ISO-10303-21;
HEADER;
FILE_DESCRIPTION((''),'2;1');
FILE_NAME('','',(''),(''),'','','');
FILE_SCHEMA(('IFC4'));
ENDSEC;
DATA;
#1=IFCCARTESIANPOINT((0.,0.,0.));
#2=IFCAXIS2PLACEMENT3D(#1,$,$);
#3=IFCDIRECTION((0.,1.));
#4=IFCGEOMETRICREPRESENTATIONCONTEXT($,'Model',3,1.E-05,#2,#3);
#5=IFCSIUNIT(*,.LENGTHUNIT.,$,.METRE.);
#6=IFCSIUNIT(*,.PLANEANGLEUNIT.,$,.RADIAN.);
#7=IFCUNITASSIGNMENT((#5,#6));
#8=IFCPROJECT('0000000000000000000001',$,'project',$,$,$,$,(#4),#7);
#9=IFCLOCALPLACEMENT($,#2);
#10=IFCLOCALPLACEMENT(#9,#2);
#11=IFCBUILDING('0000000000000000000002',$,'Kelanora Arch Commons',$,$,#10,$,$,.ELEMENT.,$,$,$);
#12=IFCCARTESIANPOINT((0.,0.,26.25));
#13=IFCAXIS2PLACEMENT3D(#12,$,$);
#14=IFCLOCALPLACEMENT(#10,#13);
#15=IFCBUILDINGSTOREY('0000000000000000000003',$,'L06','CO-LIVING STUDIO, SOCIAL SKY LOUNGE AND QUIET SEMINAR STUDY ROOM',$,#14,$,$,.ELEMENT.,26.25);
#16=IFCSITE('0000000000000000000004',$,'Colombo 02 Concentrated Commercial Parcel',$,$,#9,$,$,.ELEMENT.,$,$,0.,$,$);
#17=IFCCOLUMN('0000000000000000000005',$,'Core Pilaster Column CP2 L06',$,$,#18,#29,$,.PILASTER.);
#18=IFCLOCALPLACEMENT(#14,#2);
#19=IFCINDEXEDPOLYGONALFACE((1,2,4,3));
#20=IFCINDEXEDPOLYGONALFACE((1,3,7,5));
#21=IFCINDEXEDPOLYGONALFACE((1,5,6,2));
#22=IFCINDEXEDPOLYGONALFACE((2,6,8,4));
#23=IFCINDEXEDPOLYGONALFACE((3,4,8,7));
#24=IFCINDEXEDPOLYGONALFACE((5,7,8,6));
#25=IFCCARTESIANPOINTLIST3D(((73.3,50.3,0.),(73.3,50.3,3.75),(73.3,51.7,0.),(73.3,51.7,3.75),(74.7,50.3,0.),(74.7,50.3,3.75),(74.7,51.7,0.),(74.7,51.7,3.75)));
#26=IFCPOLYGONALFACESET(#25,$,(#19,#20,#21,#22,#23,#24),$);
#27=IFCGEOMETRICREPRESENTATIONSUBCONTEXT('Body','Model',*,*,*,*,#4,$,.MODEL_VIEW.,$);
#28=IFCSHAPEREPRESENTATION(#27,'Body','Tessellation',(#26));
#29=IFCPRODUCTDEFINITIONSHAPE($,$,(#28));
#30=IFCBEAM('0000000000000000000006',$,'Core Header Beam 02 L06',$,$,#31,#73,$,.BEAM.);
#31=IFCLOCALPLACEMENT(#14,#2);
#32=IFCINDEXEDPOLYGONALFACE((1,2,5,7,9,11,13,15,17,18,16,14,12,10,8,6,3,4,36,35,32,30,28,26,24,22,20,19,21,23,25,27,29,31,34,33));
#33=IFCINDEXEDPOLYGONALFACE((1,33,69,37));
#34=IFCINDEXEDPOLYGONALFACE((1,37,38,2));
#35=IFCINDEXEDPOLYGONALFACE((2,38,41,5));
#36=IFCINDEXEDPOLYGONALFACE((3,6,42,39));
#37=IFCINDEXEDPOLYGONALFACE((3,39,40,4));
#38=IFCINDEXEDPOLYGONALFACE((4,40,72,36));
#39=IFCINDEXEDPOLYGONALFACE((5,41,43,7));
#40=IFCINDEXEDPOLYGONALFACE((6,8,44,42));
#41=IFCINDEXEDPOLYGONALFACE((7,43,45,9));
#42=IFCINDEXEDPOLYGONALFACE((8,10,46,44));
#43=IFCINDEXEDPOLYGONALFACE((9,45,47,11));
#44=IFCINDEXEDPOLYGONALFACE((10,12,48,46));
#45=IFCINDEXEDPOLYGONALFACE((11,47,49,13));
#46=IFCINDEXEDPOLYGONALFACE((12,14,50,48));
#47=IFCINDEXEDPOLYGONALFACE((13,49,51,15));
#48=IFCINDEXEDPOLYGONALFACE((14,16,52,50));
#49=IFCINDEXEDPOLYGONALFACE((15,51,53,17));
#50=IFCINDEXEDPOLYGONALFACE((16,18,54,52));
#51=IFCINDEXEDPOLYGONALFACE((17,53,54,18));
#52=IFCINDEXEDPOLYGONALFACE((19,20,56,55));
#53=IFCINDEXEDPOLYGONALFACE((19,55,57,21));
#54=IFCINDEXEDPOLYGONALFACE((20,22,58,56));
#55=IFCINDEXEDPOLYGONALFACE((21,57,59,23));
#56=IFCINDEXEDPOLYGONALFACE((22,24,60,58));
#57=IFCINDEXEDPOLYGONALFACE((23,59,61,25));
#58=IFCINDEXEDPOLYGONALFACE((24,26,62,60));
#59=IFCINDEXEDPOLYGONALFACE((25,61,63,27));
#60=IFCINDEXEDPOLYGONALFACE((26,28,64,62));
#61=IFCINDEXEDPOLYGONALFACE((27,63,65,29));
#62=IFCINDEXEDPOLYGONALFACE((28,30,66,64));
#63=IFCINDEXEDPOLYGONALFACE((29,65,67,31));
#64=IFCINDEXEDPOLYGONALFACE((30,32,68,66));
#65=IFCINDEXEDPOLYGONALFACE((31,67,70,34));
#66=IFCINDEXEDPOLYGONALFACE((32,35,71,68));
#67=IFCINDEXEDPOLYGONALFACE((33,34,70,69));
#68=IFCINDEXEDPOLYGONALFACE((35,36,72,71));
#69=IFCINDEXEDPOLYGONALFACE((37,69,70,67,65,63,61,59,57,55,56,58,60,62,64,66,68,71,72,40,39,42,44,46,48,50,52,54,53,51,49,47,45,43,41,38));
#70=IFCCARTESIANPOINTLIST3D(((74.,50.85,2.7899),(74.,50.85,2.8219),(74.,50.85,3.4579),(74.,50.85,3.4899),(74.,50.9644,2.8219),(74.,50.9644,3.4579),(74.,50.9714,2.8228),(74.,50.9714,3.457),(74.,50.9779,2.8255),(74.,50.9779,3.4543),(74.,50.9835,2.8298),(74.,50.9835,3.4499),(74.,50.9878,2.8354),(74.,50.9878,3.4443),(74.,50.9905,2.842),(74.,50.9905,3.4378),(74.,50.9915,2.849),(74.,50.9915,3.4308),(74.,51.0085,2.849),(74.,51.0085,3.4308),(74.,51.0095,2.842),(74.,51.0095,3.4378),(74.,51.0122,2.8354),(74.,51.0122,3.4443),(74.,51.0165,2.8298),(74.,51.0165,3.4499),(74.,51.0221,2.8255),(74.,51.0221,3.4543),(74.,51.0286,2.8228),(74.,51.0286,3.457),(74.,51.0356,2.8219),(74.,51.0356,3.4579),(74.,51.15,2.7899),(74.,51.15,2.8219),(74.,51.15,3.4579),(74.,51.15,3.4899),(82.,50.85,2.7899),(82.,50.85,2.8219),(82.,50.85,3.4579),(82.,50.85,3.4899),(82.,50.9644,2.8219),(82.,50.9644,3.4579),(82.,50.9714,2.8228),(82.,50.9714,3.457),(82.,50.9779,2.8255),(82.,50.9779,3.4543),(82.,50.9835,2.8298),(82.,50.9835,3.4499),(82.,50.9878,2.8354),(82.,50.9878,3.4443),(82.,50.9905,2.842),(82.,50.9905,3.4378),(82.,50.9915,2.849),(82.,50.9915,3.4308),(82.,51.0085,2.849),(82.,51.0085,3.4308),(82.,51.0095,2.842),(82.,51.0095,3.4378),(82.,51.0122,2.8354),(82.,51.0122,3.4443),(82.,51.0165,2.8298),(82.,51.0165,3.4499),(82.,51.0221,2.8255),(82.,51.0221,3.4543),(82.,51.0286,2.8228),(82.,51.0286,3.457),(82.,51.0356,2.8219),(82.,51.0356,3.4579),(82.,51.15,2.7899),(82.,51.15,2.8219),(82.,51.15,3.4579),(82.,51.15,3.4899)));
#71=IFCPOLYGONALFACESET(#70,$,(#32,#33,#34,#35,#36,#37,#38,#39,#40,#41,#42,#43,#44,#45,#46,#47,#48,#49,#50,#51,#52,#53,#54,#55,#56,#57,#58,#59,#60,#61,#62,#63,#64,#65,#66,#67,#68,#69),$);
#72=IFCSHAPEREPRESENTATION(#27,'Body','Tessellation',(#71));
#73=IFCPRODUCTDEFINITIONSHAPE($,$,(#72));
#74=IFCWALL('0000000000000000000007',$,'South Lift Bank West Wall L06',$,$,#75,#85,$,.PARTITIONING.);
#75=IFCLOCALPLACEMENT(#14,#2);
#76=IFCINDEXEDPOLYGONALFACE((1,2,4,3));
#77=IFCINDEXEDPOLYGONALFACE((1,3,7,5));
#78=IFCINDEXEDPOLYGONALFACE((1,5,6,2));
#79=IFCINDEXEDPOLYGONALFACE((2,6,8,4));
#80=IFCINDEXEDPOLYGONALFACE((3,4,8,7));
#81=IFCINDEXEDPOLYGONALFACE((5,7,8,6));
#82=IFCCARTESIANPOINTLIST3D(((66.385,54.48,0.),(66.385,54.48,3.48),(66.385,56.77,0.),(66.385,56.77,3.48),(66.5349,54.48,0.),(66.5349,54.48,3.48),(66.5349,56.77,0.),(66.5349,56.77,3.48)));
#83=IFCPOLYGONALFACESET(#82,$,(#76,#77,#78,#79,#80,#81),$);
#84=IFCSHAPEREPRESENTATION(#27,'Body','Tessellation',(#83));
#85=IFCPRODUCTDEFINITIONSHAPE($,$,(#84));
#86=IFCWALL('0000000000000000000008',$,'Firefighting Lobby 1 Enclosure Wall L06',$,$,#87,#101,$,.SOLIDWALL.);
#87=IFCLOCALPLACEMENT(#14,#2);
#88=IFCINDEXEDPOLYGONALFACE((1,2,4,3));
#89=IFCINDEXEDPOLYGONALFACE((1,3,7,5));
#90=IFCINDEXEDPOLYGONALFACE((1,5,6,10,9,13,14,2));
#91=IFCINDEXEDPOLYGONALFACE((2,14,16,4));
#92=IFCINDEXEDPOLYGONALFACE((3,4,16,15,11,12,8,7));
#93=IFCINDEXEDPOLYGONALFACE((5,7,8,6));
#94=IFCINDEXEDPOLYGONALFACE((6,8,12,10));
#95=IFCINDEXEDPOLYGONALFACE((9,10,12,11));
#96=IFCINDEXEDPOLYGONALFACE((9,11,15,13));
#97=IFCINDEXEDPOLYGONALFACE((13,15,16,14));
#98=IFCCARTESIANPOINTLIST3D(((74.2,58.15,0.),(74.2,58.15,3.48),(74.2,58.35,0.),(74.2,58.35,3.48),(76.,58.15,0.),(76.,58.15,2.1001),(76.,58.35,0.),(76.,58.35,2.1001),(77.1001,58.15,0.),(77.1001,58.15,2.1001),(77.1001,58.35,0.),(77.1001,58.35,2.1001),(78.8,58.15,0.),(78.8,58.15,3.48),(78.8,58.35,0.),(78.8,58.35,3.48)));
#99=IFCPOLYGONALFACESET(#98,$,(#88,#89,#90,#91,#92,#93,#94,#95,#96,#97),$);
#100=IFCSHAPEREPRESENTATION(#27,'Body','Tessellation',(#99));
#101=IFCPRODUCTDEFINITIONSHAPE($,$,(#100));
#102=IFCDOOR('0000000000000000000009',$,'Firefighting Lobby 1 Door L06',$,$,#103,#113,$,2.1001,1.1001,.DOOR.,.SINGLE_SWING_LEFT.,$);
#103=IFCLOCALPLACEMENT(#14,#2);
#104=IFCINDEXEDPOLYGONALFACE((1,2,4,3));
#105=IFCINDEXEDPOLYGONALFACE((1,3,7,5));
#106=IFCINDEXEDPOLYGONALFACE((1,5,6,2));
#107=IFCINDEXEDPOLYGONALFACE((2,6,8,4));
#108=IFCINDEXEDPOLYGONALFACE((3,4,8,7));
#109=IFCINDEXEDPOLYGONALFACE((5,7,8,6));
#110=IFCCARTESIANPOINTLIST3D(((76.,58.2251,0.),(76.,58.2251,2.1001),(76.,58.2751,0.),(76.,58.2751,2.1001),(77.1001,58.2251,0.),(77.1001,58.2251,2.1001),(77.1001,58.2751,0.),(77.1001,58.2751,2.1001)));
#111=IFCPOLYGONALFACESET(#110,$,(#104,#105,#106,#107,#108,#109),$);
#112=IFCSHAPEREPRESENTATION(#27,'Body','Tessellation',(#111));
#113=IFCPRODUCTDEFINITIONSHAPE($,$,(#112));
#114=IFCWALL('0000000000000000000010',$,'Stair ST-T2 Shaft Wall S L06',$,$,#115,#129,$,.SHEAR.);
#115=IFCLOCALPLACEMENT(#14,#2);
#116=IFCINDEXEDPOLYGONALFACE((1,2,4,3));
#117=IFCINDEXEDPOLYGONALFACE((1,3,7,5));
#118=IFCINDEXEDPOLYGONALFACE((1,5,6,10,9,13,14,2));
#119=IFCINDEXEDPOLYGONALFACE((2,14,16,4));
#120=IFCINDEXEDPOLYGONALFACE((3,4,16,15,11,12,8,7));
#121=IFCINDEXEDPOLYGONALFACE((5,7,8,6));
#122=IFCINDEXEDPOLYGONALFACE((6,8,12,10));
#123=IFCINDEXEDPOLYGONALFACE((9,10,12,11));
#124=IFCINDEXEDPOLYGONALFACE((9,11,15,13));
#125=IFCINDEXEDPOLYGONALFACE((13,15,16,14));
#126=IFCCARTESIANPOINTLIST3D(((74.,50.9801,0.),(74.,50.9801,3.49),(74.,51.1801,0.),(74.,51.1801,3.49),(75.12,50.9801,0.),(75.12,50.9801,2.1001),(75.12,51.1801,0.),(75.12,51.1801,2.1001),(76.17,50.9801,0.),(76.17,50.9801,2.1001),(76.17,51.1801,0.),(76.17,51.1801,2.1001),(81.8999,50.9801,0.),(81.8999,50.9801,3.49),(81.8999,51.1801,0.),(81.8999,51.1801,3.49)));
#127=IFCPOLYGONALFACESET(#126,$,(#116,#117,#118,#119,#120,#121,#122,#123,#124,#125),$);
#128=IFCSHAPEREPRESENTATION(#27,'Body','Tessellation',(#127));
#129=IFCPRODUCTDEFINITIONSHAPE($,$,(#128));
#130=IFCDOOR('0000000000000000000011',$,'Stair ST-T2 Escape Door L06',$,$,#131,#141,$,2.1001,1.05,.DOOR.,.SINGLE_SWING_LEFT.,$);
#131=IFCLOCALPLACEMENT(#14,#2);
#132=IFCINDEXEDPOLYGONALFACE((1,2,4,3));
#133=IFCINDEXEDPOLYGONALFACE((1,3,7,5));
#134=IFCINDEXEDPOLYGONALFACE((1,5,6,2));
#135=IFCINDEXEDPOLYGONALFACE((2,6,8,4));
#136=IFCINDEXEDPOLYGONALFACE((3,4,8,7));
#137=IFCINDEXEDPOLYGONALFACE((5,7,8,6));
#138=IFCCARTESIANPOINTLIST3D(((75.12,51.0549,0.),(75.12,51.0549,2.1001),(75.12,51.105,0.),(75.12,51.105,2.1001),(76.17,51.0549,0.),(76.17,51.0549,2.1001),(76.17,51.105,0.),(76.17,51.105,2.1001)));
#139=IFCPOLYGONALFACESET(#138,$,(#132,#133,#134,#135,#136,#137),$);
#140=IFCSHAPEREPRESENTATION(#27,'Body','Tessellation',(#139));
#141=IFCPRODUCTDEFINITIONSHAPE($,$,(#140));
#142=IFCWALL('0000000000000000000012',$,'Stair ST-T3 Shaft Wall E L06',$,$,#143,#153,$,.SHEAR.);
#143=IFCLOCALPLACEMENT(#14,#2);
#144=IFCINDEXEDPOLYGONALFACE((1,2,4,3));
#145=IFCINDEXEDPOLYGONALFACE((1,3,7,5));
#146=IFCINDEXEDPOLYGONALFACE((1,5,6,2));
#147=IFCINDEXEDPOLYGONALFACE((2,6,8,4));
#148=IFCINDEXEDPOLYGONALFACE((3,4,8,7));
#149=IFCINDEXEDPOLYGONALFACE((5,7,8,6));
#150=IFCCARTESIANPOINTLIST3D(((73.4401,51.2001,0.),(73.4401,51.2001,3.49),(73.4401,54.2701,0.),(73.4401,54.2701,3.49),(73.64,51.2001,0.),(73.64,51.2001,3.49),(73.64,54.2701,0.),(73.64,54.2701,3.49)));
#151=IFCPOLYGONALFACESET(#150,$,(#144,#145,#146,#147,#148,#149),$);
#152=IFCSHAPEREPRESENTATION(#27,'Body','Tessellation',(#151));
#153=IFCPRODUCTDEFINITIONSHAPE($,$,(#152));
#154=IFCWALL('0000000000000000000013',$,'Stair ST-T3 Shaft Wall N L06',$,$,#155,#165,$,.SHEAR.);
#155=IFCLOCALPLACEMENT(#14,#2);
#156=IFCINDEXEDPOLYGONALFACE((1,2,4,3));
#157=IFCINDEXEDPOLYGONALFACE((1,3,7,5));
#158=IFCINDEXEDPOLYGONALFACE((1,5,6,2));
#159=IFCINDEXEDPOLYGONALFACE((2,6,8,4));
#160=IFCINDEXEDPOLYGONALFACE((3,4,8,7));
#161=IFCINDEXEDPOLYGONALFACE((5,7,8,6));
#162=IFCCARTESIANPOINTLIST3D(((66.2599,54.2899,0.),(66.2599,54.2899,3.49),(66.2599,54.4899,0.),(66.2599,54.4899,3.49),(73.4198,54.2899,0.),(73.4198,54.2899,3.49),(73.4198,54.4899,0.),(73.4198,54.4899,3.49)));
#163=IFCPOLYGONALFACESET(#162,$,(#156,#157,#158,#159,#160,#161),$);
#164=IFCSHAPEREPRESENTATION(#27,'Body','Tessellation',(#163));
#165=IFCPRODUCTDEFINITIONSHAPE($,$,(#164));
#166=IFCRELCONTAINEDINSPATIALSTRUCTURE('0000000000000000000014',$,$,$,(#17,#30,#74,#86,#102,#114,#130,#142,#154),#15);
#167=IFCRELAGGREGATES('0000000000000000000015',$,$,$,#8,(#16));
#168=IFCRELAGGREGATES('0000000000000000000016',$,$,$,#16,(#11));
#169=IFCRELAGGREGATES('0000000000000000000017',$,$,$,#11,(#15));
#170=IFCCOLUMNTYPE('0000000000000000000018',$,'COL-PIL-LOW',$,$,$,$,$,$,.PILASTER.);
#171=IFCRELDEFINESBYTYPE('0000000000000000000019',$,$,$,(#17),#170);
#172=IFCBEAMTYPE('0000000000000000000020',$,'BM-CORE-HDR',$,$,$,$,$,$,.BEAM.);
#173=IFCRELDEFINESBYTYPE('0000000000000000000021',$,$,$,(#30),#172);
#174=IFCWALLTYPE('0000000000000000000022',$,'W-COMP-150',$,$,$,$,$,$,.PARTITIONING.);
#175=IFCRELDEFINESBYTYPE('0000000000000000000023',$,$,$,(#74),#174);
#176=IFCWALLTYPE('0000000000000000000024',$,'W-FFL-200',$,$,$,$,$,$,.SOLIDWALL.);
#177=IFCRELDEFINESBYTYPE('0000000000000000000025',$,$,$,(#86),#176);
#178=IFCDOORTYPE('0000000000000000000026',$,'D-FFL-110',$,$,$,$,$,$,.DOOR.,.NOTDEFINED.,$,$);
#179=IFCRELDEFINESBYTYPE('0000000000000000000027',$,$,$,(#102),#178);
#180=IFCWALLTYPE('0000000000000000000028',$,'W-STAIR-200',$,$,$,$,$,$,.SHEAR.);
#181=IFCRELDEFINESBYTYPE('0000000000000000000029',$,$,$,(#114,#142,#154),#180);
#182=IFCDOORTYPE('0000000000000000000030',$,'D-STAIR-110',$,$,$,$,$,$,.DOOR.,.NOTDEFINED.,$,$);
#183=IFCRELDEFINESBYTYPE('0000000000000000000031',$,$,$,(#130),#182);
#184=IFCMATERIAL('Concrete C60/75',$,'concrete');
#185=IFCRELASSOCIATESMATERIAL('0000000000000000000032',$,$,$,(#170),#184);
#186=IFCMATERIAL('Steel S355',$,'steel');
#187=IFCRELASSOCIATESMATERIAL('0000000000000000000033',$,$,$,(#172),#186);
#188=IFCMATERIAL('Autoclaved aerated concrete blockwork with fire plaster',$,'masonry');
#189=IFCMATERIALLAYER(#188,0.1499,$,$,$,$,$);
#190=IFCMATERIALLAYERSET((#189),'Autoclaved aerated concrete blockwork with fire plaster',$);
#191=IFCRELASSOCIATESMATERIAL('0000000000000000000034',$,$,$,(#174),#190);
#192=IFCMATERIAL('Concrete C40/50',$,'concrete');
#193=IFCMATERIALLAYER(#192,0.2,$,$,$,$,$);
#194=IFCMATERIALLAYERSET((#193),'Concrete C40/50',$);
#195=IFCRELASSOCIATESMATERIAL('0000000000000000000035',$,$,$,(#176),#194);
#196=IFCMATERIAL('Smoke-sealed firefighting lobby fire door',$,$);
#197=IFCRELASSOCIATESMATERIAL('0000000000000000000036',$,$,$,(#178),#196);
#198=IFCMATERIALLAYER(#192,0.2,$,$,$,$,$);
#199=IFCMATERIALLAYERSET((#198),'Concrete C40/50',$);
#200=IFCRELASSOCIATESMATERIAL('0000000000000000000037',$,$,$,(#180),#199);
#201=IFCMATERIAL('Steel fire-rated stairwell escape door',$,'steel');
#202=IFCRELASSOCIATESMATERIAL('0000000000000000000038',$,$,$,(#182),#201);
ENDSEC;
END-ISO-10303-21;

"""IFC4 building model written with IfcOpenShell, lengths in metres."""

from ifc_helpers import new_model, si_unit, direction, frame, frame_2d, origin, origin_2d, place, context, subcontext, project, spatial, rectangle, i_section, extrude, material, layer, layer_set, material_profile, profile_set, type_object, element, fill, save


model = new_model("IFC4")

# Units and contexts
model_context = context("Model", 3, precision=1e-05, world=origin(), true_north=direction((0.0, 1.0)))
body_context = subcontext(model_context, "Body", "Model", "MODEL_VIEW")
ifc_project = project(units=[si_unit("LENGTHUNIT", "METRE"), si_unit("PLANEANGLEUNIT", "RADIAN")], contexts=[model_context])

# Site, building, storey
site_placement = place(None, origin())
site = spatial("IfcSite", under=ifc_project, at=site_placement, Name="Colombo 02 Concentrated Commercial Parcel", CompositionType="ELEMENT", RefElevation=0.0)
building_placement = place(site_placement, origin())
building = spatial("IfcBuilding", under=site, at=building_placement, Name="Kelanora Arch Commons", CompositionType="ELEMENT")
storey_placement = place(building_placement, frame((0.0, 0.0, 26.25)))
storey = spatial("IfcBuildingStorey", under=building, at=storey_placement, Name="L06", Description="CO-LIVING STUDIO, SOCIAL SKY LOUNGE AND QUIET SEMINAR STUDY ROOM", CompositionType="ELEMENT", Elevation=26.25)

# Column
ifc_material_1 = material(Name="Concrete C60/75", Category="concrete")
ifc_material_profile_1 = material_profile(ifc_material_1, rectangle(XDim=1.3999, YDim=1.3999, at=origin_2d()), Name="RC1400x1400")
ifc_profile_set_1 = profile_set([ifc_material_profile_1], Name="Concrete C60/75")
column_type = type_object("IfcColumnType", Name="COL-PIL-LOW", PredefinedType="PILASTER", material=ifc_profile_set_1)
column_placement = place(storey_placement, frame((74.0, 51.0, 0.0), z_axis=(0.0, 0.0, 1.0), x_axis=(1.0, 0.0, 0.0)))
element("IfcColumn", 1, at=column_placement, inside=storey, type_object=column_type, Name="Core Pilaster Column CP2 L06", PredefinedType="PILASTER", context=body_context, shape_type="SweptSolid", body=[
    extrude(rectangle(XDim=1.3999, YDim=1.3999, at=origin_2d()), origin(), (0.0, 0.0, 1.0), 3.75),
])

# Beam
ifc_material_2 = material(Name="Steel S355", Category="steel")
ifc_material_profile_2 = material_profile(ifc_material_2, i_section(OverallWidth=0.3, OverallDepth=0.7, WebThickness=0.0171, FlangeThickness=0.032, FilletRadius=0.0271, at=origin_2d()), Name="HEB700")
ifc_profile_set_2 = profile_set([ifc_material_profile_2], Name="Steel S355")
beam_type = type_object("IfcBeamType", Name="BM-CORE-HDR", PredefinedType="BEAM", material=ifc_profile_set_2)
beam_placement = place(storey_placement, frame((74.0, 51.0, 3.1399), z_axis=(1.0, 0.0, 0.0), x_axis=(0.0, 1.0, 0.0)))
element("IfcBeam", 2, at=beam_placement, inside=storey, type_object=beam_type, Name="Core Header Beam 02 L06", PredefinedType="BEAM", context=body_context, shape_type="SweptSolid", body=[
    extrude(i_section(OverallWidth=0.3, OverallDepth=0.7, WebThickness=0.0171, FlangeThickness=0.032, FilletRadius=0.0271, at=origin_2d()), origin(), (0.0, 0.0, 1.0), 8.0),
])

# Wall
ifc_material_3 = material(Name="Autoclaved aerated concrete blockwork with fire plaster", Category="masonry")
ifc_layer_1 = layer(ifc_material_3, 0.1499)
ifc_layer_set_1 = layer_set([ifc_layer_1], Name="Autoclaved aerated concrete blockwork with fire plaster")
wall_type_1 = type_object("IfcWallType", Name="W-COMP-150", PredefinedType="PARTITIONING", material=ifc_layer_set_1)
wall_1_placement = place(storey_placement, frame((66.46, 54.48, 0.0), z_axis=(0.0, 0.0, 1.0), x_axis=(0.0, 1.0, 0.0)))
element("IfcWall", 3, at=wall_1_placement, inside=storey, type_object=wall_type_1, Name="South Lift Bank West Wall L06", PredefinedType="PARTITIONING", context=body_context, shape_type="SweptSolid", body=[
    extrude(rectangle(XDim=2.29, YDim=0.1499, at=frame_2d((1.145, 0.0))), origin(), (0.0, 0.0, 1.0), 3.48),
])

# Walls, openings, doors
ifc_material_4 = material(Name="Concrete C40/50", Category="concrete")
ifc_layer_2 = layer(ifc_material_4, 0.2)
ifc_layer_set_2 = layer_set([ifc_layer_2], Name="Concrete C40/50")
wall_type_2 = type_object("IfcWallType", Name="W-FFL-200", PredefinedType="SOLIDWALL", material=ifc_layer_set_2)
wall_2_placement = place(storey_placement, frame((74.2, 58.25, 0.0), z_axis=(0.0, 0.0, 1.0), x_axis=(1.0, 0.0, 0.0)))
wall_2 = element("IfcWall", 4, at=wall_2_placement, inside=storey, type_object=wall_type_2, Name="Firefighting Lobby 1 Enclosure Wall L06", PredefinedType="SOLIDWALL", context=body_context, shape_type="SweptSolid", body=[
    extrude(rectangle(XDim=4.6001, YDim=0.2, at=frame_2d((2.3, 0.0))), origin(), (0.0, 0.0, 1.0), 3.48),
])
opening_1_placement = place(wall_2_placement, frame((1.8, 0.0, 0.0)))
opening_1 = element("IfcOpeningElement", 5, at=opening_1_placement, cuts=wall_2, PredefinedType="OPENING", context=body_context, shape_type="SweptSolid", body=[
    extrude(rectangle(XDim=1.1001, YDim=2.1001, at=frame_2d((0.55, 1.05))), frame((0.0, 0.1099, 0.0), z_axis=(0.0, -1.0, 0.0), x_axis=(1.0, 0.0, 0.0)), (0.0, 0.0, 1.0), 0.22),
])
ifc_material_5 = material(Name="Smoke-sealed firefighting lobby fire door")
door_type_1 = type_object("IfcDoorType", Name="D-FFL-110", OperationType="NOTDEFINED", PredefinedType="DOOR", material=ifc_material_5)
door_1_placement = place(opening_1_placement, frame((1.1001, 0.0, 0.0), z_axis=(0.0, 0.0, 1.0), x_axis=(-1.0, 0.0, 0.0)))
door_1 = element("IfcDoor", 6, at=door_1_placement, inside=storey, type_object=door_type_1, Name="Firefighting Lobby 1 Door L06", OperationType="SINGLE_SWING_LEFT", OverallHeight=2.1001, OverallWidth=1.1001, PredefinedType="DOOR", context=body_context, shape_type="SweptSolid", body=[
    extrude(rectangle(XDim=1.1001, YDim=2.1001, at=frame_2d((0.55, 1.05))), frame((0.0, 0.0249, 0.0), z_axis=(0.0, -1.0, 0.0), x_axis=(1.0, 0.0, 0.0)), (0.0, 0.0, 1.0), 0.05),
])
fill(opening_1, door_1)
ifc_layer_3 = layer(ifc_material_4, 0.2)
ifc_layer_set_3 = layer_set([ifc_layer_3], Name="Concrete C40/50")
wall_type_3 = type_object("IfcWallType", Name="W-STAIR-200", PredefinedType="SHEAR", material=ifc_layer_set_3)
wall_3_placement = place(storey_placement, frame((74.0, 51.0801, 0.0), z_axis=(0.0, 0.0, 1.0), x_axis=(1.0, 0.0, 0.0)))
wall_3 = element("IfcWall", 7, at=wall_3_placement, inside=storey, type_object=wall_type_3, Name="Stair ST-T2 Shaft Wall S L06", PredefinedType="SHEAR", context=body_context, shape_type="SweptSolid", body=[
    extrude(rectangle(XDim=7.8999, YDim=0.2, at=frame_2d((3.95, 0.0))), origin(), (0.0, 0.0, 1.0), 3.49),
])
opening_2_placement = place(wall_3_placement, frame((1.1201, 0.0, 0.0)))
opening_2 = element("IfcOpeningElement", 8, at=opening_2_placement, cuts=wall_3, PredefinedType="OPENING", context=body_context, shape_type="SweptSolid", body=[
    extrude(rectangle(XDim=1.05, YDim=2.1001, at=frame_2d((0.5249, 1.05))), frame((0.0, 0.1099, 0.0), z_axis=(0.0, -1.0, 0.0), x_axis=(1.0, 0.0, 0.0)), (0.0, 0.0, 1.0), 0.22),
])
ifc_material_6 = material(Name="Steel fire-rated stairwell escape door", Category="steel")
door_type_2 = type_object("IfcDoorType", Name="D-STAIR-110", OperationType="NOTDEFINED", PredefinedType="DOOR", material=ifc_material_6)
door_2_placement = place(opening_2_placement, origin())
door_2 = element("IfcDoor", 9, at=door_2_placement, inside=storey, type_object=door_type_2, Name="Stair ST-T2 Escape Door L06", OperationType="SINGLE_SWING_LEFT", OverallHeight=2.1001, OverallWidth=1.05, PredefinedType="DOOR", context=body_context, shape_type="SweptSolid", body=[
    extrude(rectangle(XDim=1.05, YDim=2.1001, at=frame_2d((0.5249, 1.05))), frame((0.0, 0.0249, 0.0), z_axis=(0.0, -1.0, 0.0), x_axis=(1.0, 0.0, 0.0)), (0.0, 0.0, 1.0), 0.05),
])
fill(opening_2, door_2)

# Walls
wall_4_placement = place(storey_placement, frame((73.54, 51.2, 0.0), z_axis=(0.0, 0.0, 1.0), x_axis=(0.0, 1.0, 0.0)))
element("IfcWall", 10, at=wall_4_placement, inside=storey, type_object=wall_type_3, Name="Stair ST-T3 Shaft Wall E L06", PredefinedType="SHEAR", context=body_context, shape_type="SweptSolid", body=[
    extrude(rectangle(XDim=3.0701, YDim=0.2, at=frame_2d((1.5352, 0.0))), origin(), (0.0, 0.0, 1.0), 3.49),
])
wall_5_placement = place(storey_placement, frame((73.4199, 54.3899, 0.0), z_axis=(0.0, 0.0, 1.0), x_axis=(-1.0, 0.0, 0.0)))
element("IfcWall", 11, at=wall_5_placement, inside=storey, type_object=wall_type_3, Name="Stair ST-T3 Shaft Wall N L06", PredefinedType="SHEAR", context=body_context, shape_type="SweptSolid", body=[
    extrude(rectangle(XDim=7.1599, YDim=0.2, at=frame_2d((3.5801, 0.0))), origin(), (0.0, 0.0, 1.0), 3.49),
])

save(model, "model.ifc")
